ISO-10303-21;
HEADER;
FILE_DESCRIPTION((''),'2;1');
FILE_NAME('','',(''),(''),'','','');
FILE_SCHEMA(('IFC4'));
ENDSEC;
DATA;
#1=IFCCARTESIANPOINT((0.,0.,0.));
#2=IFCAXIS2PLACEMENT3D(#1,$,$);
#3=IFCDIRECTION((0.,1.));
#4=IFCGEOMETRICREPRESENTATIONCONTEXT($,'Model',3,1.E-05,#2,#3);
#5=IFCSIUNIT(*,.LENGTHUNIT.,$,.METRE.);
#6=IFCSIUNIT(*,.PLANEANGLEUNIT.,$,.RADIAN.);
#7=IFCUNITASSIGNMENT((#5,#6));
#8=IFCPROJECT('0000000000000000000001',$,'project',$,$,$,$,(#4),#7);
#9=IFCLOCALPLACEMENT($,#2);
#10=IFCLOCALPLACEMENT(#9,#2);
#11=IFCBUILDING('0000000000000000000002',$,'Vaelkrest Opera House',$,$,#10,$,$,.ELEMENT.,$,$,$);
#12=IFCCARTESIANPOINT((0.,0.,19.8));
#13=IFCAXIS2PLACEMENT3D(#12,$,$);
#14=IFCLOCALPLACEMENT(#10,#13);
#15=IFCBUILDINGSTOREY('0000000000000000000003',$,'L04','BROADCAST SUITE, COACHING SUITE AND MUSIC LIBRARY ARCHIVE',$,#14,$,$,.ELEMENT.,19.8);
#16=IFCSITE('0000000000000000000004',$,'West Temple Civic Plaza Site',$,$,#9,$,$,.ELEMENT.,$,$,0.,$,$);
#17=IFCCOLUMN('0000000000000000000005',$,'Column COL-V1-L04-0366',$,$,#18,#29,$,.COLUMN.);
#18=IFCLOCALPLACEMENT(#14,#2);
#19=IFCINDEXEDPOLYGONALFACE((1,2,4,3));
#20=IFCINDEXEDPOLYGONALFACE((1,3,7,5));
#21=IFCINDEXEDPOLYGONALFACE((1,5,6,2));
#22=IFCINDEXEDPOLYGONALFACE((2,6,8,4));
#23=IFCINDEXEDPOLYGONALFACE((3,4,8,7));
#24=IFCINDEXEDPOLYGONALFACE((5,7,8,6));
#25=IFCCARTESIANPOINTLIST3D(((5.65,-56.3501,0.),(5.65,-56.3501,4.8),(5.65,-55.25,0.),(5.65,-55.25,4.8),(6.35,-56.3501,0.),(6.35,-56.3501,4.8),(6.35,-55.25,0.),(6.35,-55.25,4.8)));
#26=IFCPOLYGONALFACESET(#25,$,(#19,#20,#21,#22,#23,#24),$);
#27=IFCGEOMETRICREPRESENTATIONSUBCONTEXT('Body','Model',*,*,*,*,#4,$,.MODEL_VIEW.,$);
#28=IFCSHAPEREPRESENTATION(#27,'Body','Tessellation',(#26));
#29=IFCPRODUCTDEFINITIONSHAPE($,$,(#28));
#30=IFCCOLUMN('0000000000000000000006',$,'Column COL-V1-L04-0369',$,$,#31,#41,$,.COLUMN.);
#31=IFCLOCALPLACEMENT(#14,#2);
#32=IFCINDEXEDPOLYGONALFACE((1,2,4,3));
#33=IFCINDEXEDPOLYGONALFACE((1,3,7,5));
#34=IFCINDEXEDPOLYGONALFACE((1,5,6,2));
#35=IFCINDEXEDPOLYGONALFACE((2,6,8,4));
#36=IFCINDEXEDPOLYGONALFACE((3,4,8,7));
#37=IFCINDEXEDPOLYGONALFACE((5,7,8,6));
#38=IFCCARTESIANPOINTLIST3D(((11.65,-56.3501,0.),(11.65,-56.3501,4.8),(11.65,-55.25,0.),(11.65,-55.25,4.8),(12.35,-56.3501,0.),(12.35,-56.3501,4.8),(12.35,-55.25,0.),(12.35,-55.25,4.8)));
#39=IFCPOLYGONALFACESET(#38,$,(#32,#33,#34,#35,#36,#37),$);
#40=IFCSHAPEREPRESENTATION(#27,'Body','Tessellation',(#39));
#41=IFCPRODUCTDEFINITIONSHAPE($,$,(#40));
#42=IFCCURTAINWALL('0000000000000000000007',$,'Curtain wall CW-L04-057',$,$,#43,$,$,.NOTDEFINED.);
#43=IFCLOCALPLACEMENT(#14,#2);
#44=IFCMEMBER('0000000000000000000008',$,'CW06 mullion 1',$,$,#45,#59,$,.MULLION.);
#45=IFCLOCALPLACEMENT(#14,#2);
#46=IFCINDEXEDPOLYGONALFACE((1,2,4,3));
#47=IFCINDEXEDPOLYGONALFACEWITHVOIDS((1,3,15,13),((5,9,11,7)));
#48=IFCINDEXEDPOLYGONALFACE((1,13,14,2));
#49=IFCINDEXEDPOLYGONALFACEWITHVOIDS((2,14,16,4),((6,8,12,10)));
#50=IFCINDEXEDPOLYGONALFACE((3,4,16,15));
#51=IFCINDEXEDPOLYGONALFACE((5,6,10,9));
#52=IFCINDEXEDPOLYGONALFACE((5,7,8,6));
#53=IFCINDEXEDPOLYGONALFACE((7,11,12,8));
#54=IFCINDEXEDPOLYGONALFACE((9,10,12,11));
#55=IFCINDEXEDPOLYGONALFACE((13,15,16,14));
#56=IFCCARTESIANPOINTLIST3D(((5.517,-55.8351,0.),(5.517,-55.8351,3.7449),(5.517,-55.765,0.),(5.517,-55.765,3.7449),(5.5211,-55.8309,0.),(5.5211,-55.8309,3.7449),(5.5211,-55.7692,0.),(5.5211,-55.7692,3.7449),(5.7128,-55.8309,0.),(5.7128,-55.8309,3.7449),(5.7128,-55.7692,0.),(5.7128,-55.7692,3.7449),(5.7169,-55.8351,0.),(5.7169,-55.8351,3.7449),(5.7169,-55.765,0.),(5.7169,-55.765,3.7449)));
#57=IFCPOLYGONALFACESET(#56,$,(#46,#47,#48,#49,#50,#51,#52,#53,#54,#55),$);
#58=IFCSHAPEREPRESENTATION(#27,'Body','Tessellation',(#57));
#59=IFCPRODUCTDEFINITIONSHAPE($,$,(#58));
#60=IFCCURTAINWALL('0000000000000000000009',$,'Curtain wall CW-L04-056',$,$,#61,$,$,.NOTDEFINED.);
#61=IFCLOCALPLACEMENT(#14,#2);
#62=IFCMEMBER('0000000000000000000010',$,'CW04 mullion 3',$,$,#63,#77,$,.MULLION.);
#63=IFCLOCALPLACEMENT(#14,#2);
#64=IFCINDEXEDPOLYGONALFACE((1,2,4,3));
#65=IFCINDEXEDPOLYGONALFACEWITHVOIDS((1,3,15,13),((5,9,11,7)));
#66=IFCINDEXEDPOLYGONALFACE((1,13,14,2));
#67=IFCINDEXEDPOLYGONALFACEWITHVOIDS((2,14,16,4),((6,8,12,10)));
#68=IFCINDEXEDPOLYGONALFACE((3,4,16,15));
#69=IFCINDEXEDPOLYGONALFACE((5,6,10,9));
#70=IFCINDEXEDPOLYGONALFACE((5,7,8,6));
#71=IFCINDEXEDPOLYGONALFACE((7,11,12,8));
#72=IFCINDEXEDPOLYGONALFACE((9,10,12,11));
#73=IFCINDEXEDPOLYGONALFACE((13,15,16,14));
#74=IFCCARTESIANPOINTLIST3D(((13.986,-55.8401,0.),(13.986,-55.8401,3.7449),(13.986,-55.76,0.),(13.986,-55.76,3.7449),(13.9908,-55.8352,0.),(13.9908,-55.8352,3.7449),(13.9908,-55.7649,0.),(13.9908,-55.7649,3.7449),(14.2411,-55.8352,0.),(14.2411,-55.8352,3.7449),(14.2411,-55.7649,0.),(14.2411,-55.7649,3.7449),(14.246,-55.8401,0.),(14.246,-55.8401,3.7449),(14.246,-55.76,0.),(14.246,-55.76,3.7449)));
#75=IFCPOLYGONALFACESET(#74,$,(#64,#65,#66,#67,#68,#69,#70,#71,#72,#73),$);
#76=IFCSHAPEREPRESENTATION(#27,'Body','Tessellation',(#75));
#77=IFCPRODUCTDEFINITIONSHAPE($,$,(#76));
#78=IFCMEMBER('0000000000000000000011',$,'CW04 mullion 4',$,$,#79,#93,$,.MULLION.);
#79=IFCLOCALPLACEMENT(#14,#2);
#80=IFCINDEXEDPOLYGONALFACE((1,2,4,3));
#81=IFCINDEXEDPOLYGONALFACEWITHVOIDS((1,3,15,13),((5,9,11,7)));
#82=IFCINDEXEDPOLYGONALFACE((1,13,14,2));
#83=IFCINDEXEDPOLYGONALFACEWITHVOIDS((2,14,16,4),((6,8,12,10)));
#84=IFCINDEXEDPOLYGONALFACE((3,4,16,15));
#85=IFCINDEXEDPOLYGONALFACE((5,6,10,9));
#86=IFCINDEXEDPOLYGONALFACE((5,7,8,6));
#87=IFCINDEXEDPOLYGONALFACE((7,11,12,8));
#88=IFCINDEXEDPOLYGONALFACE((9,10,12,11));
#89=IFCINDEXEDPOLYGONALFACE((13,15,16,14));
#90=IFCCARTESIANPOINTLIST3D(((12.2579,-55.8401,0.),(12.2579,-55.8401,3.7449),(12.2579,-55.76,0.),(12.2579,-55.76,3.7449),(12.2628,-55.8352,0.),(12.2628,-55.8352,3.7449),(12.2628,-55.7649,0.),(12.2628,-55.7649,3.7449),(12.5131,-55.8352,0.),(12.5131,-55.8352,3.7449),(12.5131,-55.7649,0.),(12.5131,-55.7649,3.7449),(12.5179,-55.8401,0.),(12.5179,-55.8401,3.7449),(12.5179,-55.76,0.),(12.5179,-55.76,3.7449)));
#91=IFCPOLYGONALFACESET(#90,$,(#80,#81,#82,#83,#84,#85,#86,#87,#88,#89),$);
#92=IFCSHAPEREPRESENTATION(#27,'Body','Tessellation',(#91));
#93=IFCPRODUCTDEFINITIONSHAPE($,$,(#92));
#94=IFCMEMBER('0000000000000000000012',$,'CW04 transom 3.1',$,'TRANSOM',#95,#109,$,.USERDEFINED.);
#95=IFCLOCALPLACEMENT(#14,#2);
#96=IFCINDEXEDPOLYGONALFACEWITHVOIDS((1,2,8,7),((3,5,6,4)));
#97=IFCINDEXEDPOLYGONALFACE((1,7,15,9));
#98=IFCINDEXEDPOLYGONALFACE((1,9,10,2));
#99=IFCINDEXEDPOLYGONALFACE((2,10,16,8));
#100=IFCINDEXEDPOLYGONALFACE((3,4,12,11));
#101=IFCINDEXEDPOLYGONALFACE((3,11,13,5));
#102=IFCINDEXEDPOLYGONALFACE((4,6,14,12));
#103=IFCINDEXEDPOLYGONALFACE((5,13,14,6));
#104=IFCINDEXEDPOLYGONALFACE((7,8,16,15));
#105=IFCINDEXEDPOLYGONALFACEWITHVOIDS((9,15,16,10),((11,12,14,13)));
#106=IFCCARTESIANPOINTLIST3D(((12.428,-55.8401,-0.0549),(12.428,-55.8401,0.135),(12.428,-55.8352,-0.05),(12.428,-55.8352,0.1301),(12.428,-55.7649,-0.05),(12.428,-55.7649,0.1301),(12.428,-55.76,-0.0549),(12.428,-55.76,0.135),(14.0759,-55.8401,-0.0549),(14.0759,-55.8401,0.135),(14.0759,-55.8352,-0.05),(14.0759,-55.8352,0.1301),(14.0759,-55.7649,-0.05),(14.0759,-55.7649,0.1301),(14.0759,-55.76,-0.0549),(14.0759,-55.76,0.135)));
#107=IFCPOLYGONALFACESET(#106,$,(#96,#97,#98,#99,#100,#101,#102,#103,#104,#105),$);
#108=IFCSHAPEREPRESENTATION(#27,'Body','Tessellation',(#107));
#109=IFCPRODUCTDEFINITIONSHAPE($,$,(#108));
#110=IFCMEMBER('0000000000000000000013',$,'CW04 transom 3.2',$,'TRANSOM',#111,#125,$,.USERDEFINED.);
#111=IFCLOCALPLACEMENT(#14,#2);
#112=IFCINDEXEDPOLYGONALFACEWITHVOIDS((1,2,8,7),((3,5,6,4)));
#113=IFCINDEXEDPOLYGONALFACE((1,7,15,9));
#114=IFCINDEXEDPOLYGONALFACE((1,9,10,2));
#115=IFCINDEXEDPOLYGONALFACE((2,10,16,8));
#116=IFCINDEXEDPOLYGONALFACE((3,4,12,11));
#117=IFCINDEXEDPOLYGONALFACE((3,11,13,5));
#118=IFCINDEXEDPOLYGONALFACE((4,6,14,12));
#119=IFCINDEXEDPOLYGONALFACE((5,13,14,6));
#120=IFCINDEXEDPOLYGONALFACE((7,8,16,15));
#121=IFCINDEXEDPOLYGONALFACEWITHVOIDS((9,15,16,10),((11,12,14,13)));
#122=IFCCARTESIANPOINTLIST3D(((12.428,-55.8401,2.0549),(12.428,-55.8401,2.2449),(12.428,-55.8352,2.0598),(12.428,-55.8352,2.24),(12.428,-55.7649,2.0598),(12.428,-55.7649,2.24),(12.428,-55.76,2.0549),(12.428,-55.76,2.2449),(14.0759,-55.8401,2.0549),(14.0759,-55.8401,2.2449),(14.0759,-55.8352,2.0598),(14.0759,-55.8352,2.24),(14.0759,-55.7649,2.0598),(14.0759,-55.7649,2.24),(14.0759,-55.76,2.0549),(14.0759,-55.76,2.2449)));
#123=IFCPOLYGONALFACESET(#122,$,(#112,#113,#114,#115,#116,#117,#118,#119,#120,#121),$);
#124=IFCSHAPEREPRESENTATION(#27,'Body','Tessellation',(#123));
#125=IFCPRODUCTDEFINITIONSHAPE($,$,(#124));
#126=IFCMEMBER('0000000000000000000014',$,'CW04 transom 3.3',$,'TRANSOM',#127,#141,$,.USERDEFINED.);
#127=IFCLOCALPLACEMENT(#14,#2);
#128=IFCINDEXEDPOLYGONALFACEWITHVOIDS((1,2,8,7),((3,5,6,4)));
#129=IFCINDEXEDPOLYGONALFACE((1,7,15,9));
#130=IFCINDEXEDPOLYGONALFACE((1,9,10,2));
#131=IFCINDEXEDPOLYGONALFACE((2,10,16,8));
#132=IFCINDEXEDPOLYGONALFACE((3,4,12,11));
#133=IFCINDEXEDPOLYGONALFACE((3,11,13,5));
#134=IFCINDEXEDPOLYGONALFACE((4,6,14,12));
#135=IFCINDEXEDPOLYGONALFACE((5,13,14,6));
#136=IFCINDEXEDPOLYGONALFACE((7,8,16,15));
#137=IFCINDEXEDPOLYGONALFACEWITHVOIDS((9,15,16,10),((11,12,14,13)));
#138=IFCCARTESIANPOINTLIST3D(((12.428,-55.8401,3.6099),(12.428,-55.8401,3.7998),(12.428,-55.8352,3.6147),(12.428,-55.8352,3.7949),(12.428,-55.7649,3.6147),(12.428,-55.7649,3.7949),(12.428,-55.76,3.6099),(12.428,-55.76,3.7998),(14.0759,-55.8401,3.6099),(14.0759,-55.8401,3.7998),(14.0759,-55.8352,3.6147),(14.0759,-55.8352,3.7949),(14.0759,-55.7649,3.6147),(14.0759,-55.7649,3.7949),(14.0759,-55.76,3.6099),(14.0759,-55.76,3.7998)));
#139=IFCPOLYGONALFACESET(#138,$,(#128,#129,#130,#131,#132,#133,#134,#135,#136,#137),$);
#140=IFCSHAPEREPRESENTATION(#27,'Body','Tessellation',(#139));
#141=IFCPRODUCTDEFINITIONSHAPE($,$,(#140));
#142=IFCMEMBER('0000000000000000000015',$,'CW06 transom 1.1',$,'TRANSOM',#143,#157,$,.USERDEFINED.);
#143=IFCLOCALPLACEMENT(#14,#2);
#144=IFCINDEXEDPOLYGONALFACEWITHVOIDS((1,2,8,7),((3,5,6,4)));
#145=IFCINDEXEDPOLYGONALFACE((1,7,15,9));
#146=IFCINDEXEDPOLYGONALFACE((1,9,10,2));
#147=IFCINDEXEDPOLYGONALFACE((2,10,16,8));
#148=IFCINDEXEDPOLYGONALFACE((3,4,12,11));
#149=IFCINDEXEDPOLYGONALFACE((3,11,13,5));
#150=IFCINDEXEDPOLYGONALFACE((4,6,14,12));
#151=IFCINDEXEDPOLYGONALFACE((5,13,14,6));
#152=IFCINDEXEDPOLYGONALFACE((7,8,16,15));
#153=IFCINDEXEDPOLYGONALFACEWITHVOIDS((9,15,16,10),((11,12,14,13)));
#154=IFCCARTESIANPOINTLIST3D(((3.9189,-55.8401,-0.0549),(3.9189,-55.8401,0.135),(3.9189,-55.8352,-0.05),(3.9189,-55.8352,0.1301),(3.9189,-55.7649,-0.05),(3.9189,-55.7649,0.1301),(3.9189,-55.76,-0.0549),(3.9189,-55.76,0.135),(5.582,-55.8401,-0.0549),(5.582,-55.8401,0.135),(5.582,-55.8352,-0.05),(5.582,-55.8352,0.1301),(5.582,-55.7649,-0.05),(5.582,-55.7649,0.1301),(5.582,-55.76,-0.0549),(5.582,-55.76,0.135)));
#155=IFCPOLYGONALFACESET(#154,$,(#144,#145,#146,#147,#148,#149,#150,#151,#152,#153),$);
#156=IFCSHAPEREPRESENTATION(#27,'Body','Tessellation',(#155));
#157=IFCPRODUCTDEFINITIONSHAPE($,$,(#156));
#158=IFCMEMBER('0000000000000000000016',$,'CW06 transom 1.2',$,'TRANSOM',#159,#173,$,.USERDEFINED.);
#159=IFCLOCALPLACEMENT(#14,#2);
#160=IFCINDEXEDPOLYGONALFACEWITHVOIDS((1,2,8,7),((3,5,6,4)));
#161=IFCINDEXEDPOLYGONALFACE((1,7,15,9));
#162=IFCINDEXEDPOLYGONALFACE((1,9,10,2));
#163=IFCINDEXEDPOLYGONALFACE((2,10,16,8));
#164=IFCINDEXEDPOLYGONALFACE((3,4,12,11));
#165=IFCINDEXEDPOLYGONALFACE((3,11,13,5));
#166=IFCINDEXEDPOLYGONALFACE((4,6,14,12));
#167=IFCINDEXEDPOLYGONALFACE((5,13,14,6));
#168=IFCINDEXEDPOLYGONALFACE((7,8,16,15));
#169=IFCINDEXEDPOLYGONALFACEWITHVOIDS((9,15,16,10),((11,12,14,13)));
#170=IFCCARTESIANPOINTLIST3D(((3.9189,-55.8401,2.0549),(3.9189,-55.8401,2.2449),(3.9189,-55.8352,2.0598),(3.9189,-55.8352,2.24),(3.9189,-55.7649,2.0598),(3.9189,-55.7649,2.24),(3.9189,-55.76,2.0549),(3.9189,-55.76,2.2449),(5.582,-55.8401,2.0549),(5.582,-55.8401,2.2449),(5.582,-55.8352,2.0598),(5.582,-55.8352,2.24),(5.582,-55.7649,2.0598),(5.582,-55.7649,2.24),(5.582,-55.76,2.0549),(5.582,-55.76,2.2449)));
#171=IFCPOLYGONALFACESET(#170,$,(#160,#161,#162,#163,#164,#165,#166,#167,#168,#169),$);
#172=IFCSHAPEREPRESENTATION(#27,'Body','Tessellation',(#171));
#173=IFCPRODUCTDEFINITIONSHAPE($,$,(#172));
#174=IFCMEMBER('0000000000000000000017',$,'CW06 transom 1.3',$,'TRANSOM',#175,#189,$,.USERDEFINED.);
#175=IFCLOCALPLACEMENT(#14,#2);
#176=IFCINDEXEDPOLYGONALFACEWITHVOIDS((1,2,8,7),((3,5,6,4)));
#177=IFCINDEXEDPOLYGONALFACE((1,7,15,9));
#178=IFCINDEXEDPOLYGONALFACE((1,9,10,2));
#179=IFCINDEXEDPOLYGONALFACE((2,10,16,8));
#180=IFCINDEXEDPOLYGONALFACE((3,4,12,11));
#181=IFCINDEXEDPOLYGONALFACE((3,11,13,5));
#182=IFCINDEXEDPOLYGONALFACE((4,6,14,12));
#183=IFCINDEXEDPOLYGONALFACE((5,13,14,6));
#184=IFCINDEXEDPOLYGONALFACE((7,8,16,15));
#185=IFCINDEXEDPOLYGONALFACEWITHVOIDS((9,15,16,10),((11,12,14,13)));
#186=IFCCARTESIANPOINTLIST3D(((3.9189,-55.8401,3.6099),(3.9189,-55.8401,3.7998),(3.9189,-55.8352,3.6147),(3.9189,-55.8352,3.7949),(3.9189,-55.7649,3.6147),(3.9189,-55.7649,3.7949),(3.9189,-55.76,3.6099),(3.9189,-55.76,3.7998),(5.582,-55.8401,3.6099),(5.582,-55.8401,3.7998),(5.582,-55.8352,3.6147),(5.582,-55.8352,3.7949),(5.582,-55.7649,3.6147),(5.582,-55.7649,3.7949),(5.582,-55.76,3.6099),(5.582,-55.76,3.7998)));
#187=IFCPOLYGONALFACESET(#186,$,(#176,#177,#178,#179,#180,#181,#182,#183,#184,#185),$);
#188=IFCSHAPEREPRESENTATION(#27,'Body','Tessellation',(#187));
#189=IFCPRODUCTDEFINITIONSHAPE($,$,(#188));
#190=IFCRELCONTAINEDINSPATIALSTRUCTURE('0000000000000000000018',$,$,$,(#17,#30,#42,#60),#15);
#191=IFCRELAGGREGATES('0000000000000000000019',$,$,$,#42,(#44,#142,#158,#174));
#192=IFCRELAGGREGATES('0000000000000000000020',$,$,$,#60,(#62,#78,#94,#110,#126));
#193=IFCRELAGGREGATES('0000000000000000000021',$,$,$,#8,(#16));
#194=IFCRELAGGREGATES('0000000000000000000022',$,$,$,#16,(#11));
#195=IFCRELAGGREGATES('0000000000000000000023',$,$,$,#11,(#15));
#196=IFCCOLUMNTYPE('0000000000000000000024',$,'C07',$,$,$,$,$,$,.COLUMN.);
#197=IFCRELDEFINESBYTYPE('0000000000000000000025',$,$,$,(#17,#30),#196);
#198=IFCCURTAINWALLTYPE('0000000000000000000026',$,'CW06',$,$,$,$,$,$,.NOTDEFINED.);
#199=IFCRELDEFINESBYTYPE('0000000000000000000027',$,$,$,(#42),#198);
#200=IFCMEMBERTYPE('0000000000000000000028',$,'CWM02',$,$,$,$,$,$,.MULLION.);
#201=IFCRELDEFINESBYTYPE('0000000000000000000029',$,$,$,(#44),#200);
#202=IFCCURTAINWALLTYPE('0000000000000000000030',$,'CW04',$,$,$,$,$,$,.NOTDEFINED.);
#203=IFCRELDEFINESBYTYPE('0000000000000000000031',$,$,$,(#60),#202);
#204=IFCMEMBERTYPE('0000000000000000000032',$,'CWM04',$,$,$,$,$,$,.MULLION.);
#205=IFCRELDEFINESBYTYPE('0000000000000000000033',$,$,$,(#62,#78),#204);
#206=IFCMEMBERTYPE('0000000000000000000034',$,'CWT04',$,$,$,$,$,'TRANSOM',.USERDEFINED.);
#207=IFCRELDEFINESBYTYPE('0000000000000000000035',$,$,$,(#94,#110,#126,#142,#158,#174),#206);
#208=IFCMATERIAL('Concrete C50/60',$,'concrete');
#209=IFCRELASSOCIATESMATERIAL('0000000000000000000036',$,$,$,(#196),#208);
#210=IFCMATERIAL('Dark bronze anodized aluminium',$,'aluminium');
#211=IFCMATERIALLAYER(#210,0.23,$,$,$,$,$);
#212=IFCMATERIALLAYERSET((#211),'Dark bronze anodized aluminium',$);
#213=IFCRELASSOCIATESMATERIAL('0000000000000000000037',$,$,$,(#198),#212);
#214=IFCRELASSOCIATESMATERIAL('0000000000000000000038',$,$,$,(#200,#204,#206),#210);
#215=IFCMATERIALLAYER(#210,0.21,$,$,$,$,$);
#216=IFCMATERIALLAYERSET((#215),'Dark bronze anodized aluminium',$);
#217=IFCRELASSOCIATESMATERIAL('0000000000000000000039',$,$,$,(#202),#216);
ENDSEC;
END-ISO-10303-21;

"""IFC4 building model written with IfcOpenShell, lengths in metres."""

from ifc_helpers import new_model, si_unit, direction, frame, origin, origin_2d, place, context, subcontext, project, spatial, rectangle, hollow_rectangle, extrude, material, layer, layer_set, material_profile, profile_set, type_object, element, aggregate, save


model = new_model("IFC4")

# Units and contexts
model_context = context("Model", 3, precision=1e-05, world=origin(), true_north=direction((0.0, 1.0)))
body_context = subcontext(model_context, "Body", "Model", "MODEL_VIEW")
ifc_project = project(units=[si_unit("LENGTHUNIT", "METRE"), si_unit("PLANEANGLEUNIT", "RADIAN")], contexts=[model_context])

# Site, building, storey
site_placement = place(None, origin())
site = spatial("IfcSite", under=ifc_project, at=site_placement, Name="West Temple Civic Plaza Site", CompositionType="ELEMENT", RefElevation=0.0)
building_placement = place(site_placement, origin())
building = spatial("IfcBuilding", under=site, at=building_placement, Name="Vaelkrest Opera House", CompositionType="ELEMENT")
storey_placement = place(building_placement, frame((0.0, 0.0, 19.8)))
storey = spatial("IfcBuildingStorey", under=building, at=storey_placement, Name="L04", Description="BROADCAST SUITE, COACHING SUITE AND MUSIC LIBRARY ARCHIVE", CompositionType="ELEMENT", Elevation=19.8)

# Columns
ifc_material_1 = material(Name="Concrete C50/60", Category="concrete")
ifc_material_profile_1 = material_profile(ifc_material_1, rectangle(XDim=0.7, YDim=1.1001, at=origin_2d()), Name="RC700X1100")
ifc_profile_set_1 = profile_set([ifc_material_profile_1], Name="Concrete C50/60")
column_type = type_object("IfcColumnType", Name="C07", PredefinedType="COLUMN", material=ifc_profile_set_1)
for number, where, z_axis, x_axis, name in (
    (1, (6.0, -55.8, 0.0), (0.0, 0.0, 1.0), (1.0, 0.0, 0.0), "Column COL-V1-L04-0366"),
    (2, (12.0, -55.8, 0.0), (0.0, 0.0, 1.0), (1.0, 0.0, 0.0), "Column COL-V1-L04-0369"),
):
    element("IfcColumn", number, at=place(storey_placement, frame(where, z_axis=z_axis, x_axis=x_axis)), inside=storey, type_object=column_type, Name=name, PredefinedType="COLUMN", context=body_context, shape_type="SweptSolid", body=[
        extrude(rectangle(XDim=0.7, YDim=1.1001, at=origin_2d()), origin(), (0.0, 0.0, 1.0), 4.8),
    ])

# Curtain wall, member
ifc_material_2 = material(Name="Dark bronze anodized aluminium", Category="aluminium")
ifc_layer_1 = layer(ifc_material_2, 0.23)
ifc_layer_set_1 = layer_set([ifc_layer_1], Name="Dark bronze anodized aluminium")
curtain_wall_type_1 = type_object("IfcCurtainWallType", Name="CW06", PredefinedType="NOTDEFINED", material=ifc_layer_set_1)
curtain_wall_1_placement = place(storey_placement, origin())
curtain_wall_1 = element("IfcCurtainWall", 3, at=curtain_wall_1_placement, inside=storey, type_object=curtain_wall_type_1, Name="Curtain wall CW-L04-057", PredefinedType="NOTDEFINED")
ifc_material_profile_2 = material_profile(ifc_material_2, hollow_rectangle(XDim=0.0701, YDim=0.2, WallThickness=0.0042, at=origin_2d()), Name="CWM70X200")
ifc_profile_set_2 = profile_set([ifc_material_profile_2], Name="Dark bronze anodized aluminium")
member_type_1 = type_object("IfcMemberType", Name="CWM02", PredefinedType="MULLION", material=ifc_profile_set_2)
member_1_placement = place(storey_placement, frame((5.6169, -55.8, 0.0), z_axis=(0.0, 0.0, 1.0), x_axis=(0.0, -1.0, 0.0)))
member_1 = element("IfcMember", 4, at=member_1_placement, type_object=member_type_1, Name="CW06 mullion 1", PredefinedType="MULLION", context=body_context, shape_type="SweptSolid", body=[
    extrude(hollow_rectangle(XDim=0.0701, YDim=0.2, WallThickness=0.0042, at=origin_2d()), origin(), (0.0, 0.0, 1.0), 3.7449),
])

# Curtain wall, members
ifc_layer_2 = layer(ifc_material_2, 0.21)
ifc_layer_set_2 = layer_set([ifc_layer_2], Name="Dark bronze anodized aluminium")
curtain_wall_type_2 = type_object("IfcCurtainWallType", Name="CW04", PredefinedType="NOTDEFINED", material=ifc_layer_set_2)
curtain_wall_2_placement = place(storey_placement, origin())
curtain_wall_2 = element("IfcCurtainWall", 5, at=curtain_wall_2_placement, inside=storey, type_object=curtain_wall_type_2, Name="Curtain wall CW-L04-056", PredefinedType="NOTDEFINED")
ifc_material_profile_3 = material_profile(ifc_material_2, hollow_rectangle(XDim=0.0801, YDim=0.26, WallThickness=0.0049, at=origin_2d()), Name="CWM80X260")
ifc_profile_set_3 = profile_set([ifc_material_profile_3], Name="Dark bronze anodized aluminium")
member_type_2 = type_object("IfcMemberType", Name="CWM04", PredefinedType="MULLION", material=ifc_profile_set_3)
member_2_placement = place(storey_placement, frame((14.116, -55.8, 0.0), z_axis=(0.0, 0.0, 1.0), x_axis=(0.0, -1.0, 0.0)))
member_2 = element("IfcMember", 6, at=member_2_placement, type_object=member_type_2, Name="CW04 mullion 3", PredefinedType="MULLION", context=body_context, shape_type="SweptSolid", body=[
    extrude(hollow_rectangle(XDim=0.0801, YDim=0.26, WallThickness=0.0049, at=origin_2d()), origin(), (0.0, 0.0, 1.0), 3.7449),
])
member_3_placement = place(storey_placement, frame((12.3879, -55.8, 0.0), z_axis=(0.0, 0.0, 1.0), x_axis=(0.0, -1.0, 0.0)))
member_3 = element("IfcMember", 7, at=member_3_placement, type_object=member_type_2, Name="CW04 mullion 4", PredefinedType="MULLION", context=body_context, shape_type="SweptSolid", body=[
    extrude(hollow_rectangle(XDim=0.0801, YDim=0.26, WallThickness=0.0049, at=origin_2d()), origin(), (0.0, 0.0, 1.0), 3.7449),
])
ifc_material_profile_4 = material_profile(ifc_material_2, hollow_rectangle(XDim=0.0801, YDim=0.1899, WallThickness=0.0049, at=origin_2d()), Name="CWT80X190")
ifc_profile_set_4 = profile_set([ifc_material_profile_4], Name="Dark bronze anodized aluminium")
member_type_3 = type_object("IfcMemberType", Name="CWT04", ElementType="TRANSOM", PredefinedType="USERDEFINED", material=ifc_profile_set_4)
member_4_placement = place(storey_placement, frame((14.0759, -55.8, 0.04), z_axis=(-1.0, 0.0, 0.0), x_axis=(0.0, -1.0, 0.0)))
member_4 = element("IfcMember", 8, at=member_4_placement, type_object=member_type_3, Name="CW04 transom 3.1", ObjectType="TRANSOM", PredefinedType="USERDEFINED", context=body_context, shape_type="SweptSolid", body=[
    extrude(hollow_rectangle(XDim=0.0801, YDim=0.1899, WallThickness=0.0049, at=origin_2d()), origin(), (0.0, 0.0, 1.0), 1.6479),
])
member_5_placement = place(storey_placement, frame((14.0759, -55.8, 2.1499), z_axis=(-1.0, 0.0, 0.0), x_axis=(0.0, -1.0, 0.0)))
member_5 = element("IfcMember", 9, at=member_5_placement, type_object=member_type_3, Name="CW04 transom 3.2", ObjectType="TRANSOM", PredefinedType="USERDEFINED", context=body_context, shape_type="SweptSolid", body=[
    extrude(hollow_rectangle(XDim=0.0801, YDim=0.1899, WallThickness=0.0049, at=origin_2d()), origin(), (0.0, 0.0, 1.0), 1.6479),
])
member_6_placement = place(storey_placement, frame((14.0759, -55.8, 3.7048), z_axis=(-1.0, 0.0, 0.0), x_axis=(0.0, -1.0, 0.0)))
member_6 = element("IfcMember", 10, at=member_6_placement, type_object=member_type_3, Name="CW04 transom 3.3", ObjectType="TRANSOM", PredefinedType="USERDEFINED", context=body_context, shape_type="SweptSolid", body=[
    extrude(hollow_rectangle(XDim=0.0801, YDim=0.1899, WallThickness=0.0049, at=origin_2d()), origin(), (0.0, 0.0, 1.0), 1.6479),
])

# Members
member_7_placement = place(storey_placement, frame((5.582, -55.8, 0.04), z_axis=(-1.0, 0.0, 0.0), x_axis=(0.0, -1.0, 0.0)))
member_7 = element("IfcMember", 11, at=member_7_placement, type_object=member_type_3, Name="CW06 transom 1.1", ObjectType="TRANSOM", PredefinedType="USERDEFINED", context=body_context, shape_type="SweptSolid", body=[
    extrude(hollow_rectangle(XDim=0.0801, YDim=0.1899, WallThickness=0.0049, at=origin_2d()), origin(), (0.0, 0.0, 1.0), 1.6631),
])
member_8_placement = place(storey_placement, frame((5.582, -55.8, 2.1499), z_axis=(-1.0, 0.0, 0.0), x_axis=(0.0, -1.0, 0.0)))
member_8 = element("IfcMember", 12, at=member_8_placement, type_object=member_type_3, Name="CW06 transom 1.2", ObjectType="TRANSOM", PredefinedType="USERDEFINED", context=body_context, shape_type="SweptSolid", body=[
    extrude(hollow_rectangle(XDim=0.0801, YDim=0.1899, WallThickness=0.0049, at=origin_2d()), origin(), (0.0, 0.0, 1.0), 1.6631),
])
member_9_placement = place(storey_placement, frame((5.582, -55.8, 3.7048), z_axis=(-1.0, 0.0, 0.0), x_axis=(0.0, -1.0, 0.0)))
member_9 = element("IfcMember", 13, at=member_9_placement, type_object=member_type_3, Name="CW06 transom 1.3", ObjectType="TRANSOM", PredefinedType="USERDEFINED", context=body_context, shape_type="SweptSolid", body=[
    extrude(hollow_rectangle(XDim=0.0801, YDim=0.1899, WallThickness=0.0049, at=origin_2d()), origin(), (0.0, 0.0, 1.0), 1.6631),
])
aggregate(curtain_wall_1, [member_1, member_7, member_8, member_9])

aggregate(curtain_wall_2, [member_2, member_3, member_4, member_5, member_6])

save(model, "model.ifc")
